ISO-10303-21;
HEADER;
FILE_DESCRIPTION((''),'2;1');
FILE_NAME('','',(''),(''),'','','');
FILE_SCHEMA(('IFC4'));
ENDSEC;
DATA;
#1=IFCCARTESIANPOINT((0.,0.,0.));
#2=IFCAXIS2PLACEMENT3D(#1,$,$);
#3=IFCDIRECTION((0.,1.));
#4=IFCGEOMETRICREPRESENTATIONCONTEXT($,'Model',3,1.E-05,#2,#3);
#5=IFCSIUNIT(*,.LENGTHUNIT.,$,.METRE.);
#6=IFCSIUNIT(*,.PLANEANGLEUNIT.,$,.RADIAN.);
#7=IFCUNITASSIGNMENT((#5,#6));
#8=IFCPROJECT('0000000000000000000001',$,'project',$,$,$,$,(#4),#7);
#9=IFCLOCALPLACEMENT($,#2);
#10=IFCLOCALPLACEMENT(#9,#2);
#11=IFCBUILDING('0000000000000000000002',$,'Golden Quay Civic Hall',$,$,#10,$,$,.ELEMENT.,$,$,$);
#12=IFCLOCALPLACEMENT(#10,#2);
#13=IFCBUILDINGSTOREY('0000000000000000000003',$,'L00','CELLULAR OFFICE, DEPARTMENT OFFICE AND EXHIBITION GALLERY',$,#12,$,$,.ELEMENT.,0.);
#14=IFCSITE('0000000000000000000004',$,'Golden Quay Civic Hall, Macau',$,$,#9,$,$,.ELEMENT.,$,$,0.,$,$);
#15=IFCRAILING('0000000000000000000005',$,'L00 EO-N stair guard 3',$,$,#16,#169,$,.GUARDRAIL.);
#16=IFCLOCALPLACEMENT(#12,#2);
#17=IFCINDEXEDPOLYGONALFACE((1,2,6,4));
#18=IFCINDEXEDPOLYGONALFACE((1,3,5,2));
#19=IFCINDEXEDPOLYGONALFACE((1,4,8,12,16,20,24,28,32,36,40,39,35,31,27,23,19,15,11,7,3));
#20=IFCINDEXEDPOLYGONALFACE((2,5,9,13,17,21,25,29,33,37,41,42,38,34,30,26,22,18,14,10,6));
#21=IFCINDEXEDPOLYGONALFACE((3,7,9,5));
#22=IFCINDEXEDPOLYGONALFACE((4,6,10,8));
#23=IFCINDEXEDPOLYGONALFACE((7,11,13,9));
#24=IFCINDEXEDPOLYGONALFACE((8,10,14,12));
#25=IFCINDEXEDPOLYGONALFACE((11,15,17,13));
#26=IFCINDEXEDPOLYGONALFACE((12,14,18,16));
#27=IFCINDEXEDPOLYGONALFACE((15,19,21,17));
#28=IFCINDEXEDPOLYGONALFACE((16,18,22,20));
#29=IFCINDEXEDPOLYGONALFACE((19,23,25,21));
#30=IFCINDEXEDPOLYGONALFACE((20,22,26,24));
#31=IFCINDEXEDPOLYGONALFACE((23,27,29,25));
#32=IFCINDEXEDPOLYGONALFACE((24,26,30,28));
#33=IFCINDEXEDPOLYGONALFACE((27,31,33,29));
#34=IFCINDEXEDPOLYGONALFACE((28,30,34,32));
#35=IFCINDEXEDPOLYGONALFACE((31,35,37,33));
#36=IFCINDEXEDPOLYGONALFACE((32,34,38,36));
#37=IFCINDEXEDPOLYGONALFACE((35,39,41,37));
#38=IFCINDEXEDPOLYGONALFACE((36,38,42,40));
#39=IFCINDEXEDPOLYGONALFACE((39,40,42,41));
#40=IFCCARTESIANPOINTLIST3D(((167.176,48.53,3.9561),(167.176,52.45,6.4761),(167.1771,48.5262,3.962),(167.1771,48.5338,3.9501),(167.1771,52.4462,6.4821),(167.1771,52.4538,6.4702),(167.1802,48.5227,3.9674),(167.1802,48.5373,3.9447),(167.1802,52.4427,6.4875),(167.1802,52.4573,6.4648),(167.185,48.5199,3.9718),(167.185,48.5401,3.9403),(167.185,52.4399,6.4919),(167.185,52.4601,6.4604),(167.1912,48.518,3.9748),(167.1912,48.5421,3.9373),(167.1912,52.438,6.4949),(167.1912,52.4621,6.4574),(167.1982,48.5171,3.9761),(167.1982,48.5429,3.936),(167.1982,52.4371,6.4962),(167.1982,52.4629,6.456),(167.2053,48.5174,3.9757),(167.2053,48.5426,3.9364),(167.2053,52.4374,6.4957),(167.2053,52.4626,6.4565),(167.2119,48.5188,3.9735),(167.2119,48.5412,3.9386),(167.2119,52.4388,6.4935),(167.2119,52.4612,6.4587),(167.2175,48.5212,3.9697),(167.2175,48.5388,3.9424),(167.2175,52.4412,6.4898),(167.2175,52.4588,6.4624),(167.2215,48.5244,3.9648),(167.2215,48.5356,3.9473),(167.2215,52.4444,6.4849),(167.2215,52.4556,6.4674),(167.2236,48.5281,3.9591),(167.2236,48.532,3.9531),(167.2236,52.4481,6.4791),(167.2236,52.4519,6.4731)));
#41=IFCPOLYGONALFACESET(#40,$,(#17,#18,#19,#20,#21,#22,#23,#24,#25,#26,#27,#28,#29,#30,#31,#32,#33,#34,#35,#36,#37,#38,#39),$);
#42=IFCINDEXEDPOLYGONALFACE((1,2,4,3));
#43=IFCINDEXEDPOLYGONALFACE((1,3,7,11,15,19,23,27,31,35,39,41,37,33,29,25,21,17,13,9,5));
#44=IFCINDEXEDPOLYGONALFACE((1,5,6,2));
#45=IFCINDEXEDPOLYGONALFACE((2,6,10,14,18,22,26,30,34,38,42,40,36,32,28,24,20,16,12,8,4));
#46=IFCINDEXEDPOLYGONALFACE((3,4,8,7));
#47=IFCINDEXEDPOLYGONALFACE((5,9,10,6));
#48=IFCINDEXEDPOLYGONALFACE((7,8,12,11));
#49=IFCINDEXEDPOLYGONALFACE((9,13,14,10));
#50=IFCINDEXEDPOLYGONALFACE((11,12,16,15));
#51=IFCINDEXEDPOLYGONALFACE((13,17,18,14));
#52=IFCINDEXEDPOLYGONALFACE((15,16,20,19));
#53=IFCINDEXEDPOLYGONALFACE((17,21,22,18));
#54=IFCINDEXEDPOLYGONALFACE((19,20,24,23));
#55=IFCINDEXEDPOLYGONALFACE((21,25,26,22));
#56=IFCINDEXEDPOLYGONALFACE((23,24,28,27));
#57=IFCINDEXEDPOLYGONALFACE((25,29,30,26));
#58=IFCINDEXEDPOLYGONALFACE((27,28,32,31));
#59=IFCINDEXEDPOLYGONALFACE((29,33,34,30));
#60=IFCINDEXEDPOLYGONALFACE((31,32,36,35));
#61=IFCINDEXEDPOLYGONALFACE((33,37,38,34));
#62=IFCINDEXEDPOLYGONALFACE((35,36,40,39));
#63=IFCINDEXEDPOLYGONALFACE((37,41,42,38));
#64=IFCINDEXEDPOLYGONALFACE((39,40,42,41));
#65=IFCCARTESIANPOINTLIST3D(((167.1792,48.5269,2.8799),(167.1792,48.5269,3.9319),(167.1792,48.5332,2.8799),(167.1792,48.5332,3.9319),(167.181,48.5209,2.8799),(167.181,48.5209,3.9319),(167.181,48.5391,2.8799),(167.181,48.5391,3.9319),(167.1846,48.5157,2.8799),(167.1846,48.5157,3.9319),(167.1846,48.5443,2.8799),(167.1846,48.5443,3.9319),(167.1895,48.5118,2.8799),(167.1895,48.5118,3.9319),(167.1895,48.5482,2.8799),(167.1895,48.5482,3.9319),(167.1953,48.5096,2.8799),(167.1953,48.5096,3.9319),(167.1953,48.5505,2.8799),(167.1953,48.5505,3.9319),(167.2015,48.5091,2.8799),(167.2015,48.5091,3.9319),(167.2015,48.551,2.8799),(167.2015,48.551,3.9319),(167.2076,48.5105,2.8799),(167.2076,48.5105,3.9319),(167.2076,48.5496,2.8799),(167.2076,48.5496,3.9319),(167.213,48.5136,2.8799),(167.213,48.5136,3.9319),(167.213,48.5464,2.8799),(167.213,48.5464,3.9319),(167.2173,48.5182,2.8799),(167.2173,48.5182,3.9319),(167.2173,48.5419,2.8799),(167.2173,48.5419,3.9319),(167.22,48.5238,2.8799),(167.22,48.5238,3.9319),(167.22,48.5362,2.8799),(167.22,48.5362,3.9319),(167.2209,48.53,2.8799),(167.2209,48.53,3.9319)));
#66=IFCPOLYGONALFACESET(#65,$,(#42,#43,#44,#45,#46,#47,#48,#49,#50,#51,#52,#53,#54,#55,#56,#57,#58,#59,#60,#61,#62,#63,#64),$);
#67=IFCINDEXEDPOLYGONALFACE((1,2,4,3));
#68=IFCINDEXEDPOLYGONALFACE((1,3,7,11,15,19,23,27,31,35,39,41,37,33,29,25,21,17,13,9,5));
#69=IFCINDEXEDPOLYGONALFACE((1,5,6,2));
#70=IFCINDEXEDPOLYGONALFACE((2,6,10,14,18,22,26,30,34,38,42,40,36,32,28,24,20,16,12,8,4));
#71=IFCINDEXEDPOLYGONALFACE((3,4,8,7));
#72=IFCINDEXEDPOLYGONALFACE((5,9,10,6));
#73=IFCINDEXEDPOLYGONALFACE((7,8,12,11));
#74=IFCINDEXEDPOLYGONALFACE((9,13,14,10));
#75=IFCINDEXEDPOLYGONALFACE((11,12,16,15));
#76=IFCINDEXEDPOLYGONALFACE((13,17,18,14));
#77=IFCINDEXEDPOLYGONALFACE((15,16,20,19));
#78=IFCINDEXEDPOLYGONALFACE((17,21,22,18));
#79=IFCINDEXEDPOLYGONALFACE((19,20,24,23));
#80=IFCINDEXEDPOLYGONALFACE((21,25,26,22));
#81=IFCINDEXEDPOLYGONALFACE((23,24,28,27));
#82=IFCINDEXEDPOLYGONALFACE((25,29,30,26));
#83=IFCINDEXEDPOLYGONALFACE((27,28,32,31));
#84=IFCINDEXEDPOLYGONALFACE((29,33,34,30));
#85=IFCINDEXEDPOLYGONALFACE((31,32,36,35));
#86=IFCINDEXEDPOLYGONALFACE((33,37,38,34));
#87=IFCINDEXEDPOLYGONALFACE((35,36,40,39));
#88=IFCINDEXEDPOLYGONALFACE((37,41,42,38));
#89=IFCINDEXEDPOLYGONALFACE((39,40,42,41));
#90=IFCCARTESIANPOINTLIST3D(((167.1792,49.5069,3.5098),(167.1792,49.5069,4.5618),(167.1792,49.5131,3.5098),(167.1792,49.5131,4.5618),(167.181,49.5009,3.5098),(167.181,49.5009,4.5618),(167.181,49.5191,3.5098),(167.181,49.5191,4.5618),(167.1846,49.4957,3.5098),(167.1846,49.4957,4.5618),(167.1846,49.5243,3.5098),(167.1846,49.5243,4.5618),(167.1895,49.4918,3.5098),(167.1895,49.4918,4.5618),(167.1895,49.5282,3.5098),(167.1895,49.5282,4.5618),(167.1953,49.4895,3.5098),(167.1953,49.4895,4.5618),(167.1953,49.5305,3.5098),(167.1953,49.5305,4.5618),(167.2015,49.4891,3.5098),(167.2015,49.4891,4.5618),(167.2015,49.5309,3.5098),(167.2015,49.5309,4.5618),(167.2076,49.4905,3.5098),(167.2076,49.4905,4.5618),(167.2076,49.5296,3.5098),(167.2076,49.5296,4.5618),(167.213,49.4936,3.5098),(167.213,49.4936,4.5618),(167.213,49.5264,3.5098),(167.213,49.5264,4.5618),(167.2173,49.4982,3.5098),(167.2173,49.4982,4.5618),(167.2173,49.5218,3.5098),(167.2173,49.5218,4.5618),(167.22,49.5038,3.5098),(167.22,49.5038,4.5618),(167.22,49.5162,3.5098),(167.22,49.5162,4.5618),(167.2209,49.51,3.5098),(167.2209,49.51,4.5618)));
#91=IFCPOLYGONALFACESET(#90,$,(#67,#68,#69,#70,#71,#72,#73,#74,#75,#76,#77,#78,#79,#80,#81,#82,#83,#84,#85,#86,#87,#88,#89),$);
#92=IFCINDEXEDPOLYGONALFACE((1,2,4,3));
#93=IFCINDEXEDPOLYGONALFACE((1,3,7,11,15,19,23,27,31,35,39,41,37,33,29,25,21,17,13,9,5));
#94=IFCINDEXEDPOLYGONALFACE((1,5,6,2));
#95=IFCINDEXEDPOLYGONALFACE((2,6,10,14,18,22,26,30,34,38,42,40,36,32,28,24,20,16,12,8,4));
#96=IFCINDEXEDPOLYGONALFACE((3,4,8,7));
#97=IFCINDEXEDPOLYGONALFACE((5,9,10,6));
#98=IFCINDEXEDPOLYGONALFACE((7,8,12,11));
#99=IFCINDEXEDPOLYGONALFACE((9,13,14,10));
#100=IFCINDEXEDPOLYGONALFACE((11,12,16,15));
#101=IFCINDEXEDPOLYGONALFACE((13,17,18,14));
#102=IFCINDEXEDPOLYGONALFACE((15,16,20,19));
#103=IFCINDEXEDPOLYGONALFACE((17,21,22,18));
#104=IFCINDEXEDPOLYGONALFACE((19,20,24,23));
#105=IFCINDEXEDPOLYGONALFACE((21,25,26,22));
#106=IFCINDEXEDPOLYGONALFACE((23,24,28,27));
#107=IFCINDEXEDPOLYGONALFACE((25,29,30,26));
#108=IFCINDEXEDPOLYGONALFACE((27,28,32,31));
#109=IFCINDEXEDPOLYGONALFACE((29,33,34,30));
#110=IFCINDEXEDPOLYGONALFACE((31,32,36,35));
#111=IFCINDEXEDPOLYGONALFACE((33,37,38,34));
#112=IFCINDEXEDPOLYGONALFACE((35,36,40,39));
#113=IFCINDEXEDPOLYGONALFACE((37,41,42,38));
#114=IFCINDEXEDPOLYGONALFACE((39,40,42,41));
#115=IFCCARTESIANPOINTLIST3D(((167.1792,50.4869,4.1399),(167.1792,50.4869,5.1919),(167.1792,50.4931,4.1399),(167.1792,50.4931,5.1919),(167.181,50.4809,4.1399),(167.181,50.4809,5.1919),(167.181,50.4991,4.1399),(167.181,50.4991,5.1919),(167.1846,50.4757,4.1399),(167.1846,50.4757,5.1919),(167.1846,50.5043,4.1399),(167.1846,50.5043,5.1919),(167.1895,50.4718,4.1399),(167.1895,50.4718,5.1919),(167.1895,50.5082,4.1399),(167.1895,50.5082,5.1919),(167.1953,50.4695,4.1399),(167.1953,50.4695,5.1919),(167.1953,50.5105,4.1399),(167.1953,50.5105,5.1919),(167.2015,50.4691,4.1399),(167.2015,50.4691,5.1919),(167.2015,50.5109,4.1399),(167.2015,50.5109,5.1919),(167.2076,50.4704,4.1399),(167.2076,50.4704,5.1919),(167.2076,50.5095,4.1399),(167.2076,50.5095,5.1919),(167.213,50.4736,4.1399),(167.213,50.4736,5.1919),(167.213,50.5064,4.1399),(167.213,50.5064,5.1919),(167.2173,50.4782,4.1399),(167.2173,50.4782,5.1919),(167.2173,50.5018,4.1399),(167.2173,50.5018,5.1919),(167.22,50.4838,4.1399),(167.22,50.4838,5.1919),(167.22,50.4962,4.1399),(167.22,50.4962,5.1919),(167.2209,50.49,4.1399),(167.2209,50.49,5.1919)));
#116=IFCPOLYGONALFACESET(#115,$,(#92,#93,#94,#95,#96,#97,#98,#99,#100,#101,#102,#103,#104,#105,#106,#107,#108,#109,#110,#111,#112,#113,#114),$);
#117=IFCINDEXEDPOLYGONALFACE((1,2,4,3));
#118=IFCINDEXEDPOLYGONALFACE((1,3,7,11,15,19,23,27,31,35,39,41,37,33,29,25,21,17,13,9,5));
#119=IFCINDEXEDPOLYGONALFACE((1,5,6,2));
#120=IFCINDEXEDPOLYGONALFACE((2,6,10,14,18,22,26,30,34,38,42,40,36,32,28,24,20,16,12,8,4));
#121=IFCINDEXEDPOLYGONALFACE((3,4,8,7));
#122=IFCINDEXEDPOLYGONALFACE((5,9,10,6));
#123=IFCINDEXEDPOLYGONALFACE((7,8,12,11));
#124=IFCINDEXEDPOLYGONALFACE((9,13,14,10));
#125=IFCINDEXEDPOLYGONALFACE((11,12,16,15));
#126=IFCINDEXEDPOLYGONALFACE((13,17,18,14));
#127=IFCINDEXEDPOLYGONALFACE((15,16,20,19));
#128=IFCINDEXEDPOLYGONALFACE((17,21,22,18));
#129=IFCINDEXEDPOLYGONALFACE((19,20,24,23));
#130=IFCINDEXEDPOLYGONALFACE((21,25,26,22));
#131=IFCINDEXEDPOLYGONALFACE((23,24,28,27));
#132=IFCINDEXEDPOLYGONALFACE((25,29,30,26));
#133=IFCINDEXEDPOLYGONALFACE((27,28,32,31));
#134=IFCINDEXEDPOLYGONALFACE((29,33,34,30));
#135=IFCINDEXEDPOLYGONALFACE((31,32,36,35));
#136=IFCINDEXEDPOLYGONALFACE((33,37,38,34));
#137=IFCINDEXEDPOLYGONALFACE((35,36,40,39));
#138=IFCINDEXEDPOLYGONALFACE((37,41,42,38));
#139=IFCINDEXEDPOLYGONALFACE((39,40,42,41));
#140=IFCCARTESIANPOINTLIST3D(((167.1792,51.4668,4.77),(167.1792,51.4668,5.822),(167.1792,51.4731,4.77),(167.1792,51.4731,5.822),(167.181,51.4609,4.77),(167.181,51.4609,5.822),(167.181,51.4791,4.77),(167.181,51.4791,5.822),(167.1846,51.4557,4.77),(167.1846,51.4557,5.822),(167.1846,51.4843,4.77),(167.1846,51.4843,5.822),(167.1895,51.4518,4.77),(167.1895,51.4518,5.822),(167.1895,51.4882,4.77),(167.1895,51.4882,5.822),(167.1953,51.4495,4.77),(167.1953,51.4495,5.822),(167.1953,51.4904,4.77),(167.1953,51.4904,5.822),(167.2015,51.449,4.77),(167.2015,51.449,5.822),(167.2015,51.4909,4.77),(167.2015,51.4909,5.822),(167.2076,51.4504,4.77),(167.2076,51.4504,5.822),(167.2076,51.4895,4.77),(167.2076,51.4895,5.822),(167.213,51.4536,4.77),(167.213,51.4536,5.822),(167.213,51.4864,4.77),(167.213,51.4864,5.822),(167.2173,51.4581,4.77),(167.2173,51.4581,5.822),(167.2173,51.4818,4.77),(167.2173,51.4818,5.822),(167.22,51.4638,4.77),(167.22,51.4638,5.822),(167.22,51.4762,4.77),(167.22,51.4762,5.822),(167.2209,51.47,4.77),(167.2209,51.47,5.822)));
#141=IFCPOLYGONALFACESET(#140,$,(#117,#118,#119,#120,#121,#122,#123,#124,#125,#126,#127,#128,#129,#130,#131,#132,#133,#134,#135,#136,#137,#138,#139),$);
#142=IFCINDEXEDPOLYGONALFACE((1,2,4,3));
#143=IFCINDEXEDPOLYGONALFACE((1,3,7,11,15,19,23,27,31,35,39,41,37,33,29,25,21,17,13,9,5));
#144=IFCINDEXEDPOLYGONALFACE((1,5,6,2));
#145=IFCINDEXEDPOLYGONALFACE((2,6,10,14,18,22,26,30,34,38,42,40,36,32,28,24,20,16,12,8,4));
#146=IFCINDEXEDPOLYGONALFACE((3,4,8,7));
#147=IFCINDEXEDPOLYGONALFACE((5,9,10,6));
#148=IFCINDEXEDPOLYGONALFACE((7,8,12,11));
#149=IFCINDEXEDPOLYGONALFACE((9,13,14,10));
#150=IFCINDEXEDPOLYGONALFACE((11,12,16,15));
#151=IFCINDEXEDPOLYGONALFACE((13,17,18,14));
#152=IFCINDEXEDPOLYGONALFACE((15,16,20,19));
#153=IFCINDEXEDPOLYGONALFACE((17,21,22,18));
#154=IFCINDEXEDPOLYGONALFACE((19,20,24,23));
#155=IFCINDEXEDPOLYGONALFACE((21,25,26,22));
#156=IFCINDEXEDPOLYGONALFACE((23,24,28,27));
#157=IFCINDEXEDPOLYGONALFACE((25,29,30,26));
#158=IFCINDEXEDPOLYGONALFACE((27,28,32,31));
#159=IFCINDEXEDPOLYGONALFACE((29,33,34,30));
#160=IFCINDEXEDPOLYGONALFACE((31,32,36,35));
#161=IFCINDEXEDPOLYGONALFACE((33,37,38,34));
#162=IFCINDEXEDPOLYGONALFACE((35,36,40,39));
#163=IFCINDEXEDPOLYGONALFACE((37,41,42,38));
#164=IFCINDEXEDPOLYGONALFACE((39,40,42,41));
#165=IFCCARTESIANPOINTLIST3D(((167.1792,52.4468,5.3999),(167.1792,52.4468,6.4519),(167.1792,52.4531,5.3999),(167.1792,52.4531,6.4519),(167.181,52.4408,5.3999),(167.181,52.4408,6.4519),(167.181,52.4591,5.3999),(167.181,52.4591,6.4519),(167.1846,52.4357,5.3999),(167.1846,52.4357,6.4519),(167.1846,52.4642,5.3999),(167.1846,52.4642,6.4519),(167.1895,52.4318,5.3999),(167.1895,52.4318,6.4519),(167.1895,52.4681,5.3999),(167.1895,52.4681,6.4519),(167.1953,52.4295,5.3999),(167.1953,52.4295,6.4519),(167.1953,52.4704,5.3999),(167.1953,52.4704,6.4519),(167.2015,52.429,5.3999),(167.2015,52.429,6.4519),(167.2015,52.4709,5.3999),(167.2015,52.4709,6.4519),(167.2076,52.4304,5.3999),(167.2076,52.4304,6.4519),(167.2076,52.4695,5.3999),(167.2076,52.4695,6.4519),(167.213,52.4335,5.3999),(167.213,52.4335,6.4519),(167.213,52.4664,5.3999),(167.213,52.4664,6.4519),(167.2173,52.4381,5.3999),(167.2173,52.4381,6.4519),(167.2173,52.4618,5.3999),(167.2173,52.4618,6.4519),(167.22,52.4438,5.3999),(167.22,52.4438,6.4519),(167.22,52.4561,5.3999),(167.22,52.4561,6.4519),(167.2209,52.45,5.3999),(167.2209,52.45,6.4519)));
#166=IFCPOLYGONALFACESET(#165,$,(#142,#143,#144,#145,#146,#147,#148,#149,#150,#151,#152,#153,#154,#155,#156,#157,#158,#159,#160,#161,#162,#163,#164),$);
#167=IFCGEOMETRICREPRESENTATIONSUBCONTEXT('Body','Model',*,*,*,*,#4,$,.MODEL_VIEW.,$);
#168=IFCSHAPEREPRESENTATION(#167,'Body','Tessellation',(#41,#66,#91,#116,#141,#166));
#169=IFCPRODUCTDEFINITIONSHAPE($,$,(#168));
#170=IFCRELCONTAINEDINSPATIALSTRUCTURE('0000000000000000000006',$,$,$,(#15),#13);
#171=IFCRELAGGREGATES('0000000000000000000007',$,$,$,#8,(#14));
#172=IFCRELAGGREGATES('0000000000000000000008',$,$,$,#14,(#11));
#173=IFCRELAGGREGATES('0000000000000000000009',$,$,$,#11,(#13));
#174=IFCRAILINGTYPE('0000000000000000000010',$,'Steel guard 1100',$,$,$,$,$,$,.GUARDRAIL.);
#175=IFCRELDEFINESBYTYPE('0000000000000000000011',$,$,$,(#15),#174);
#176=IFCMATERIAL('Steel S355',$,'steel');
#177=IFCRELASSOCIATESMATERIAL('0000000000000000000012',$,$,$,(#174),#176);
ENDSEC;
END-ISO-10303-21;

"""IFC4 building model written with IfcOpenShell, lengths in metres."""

from ifc_helpers import new_model, si_unit, direction, frame, origin, origin_2d, place, context, subcontext, project, spatial, circle, extrude, material, type_object, element, save


model = new_model("IFC4")

# Units and contexts
model_context = context("Model", 3, precision=1e-05, world=origin(), true_north=direction((0.0, 1.0)))
body_context = subcontext(model_context, "Body", "Model", "MODEL_VIEW")
ifc_project = project(units=[si_unit("LENGTHUNIT", "METRE"), si_unit("PLANEANGLEUNIT", "RADIAN")], contexts=[model_context])

# Site, building, storey
site_placement = place(None, origin())
site = spatial("IfcSite", under=ifc_project, at=site_placement, Name="Golden Quay Civic Hall, Macau", CompositionType="ELEMENT", RefElevation=0.0)
building_placement = place(site_placement, origin())
building = spatial("IfcBuilding", under=site, at=building_placement, Name="Golden Quay Civic Hall", CompositionType="ELEMENT")
storey_placement = place(building_placement, origin())
storey = spatial("IfcBuildingStorey", under=building, at=storey_placement, Name="L00", Description="CELLULAR OFFICE, DEPARTMENT OFFICE AND EXHIBITION GALLERY", CompositionType="ELEMENT", Elevation=0.0)

# Railing
ifc_material_1 = material(Name="Steel S355", Category="steel")
railing_type = type_object("IfcRailingType", Name="Steel guard 1100", PredefinedType="GUARDRAIL", material=ifc_material_1)
railing_1_placement = place(storey_placement, frame((167.2, 48.53, 2.8799)))
element("IfcRailing", 1, at=railing_1_placement, inside=storey, type_object=railing_type, Name="L00 EO-N stair guard 3", PredefinedType="GUARDRAIL", context=body_context, shape_type="SweptSolid", body=[
    extrude(circle(Radius=0.0239, at=origin_2d()), frame((0.0, 0.0, 1.0762), z_axis=(0.0, 0.841172, 0.540768), x_axis=(-1.0, 0.0, 0.0)), (0.0, 0.0, 1.0), 4.6602),
    extrude(circle(Radius=0.021, at=origin_2d()), origin(), (0.0, 0.0, 1.0), 1.052),
    extrude(circle(Radius=0.021, at=origin_2d()), frame((0.0, 0.98, 0.6299)), (0.0, 0.0, 1.0), 1.052),
    extrude(circle(Radius=0.021, at=origin_2d()), frame((0.0, 1.96, 1.26)), (0.0, 0.0, 1.0), 1.052),
    extrude(circle(Radius=0.021, at=origin_2d()), frame((0.0, 2.9399, 1.8901)), (0.0, 0.0, 1.0), 1.052),
    extrude(circle(Radius=0.021, at=origin_2d()), frame((0.0, 3.9199, 2.52)), (0.0, 0.0, 1.0), 1.052),
])

save(model, "model.ifc")
